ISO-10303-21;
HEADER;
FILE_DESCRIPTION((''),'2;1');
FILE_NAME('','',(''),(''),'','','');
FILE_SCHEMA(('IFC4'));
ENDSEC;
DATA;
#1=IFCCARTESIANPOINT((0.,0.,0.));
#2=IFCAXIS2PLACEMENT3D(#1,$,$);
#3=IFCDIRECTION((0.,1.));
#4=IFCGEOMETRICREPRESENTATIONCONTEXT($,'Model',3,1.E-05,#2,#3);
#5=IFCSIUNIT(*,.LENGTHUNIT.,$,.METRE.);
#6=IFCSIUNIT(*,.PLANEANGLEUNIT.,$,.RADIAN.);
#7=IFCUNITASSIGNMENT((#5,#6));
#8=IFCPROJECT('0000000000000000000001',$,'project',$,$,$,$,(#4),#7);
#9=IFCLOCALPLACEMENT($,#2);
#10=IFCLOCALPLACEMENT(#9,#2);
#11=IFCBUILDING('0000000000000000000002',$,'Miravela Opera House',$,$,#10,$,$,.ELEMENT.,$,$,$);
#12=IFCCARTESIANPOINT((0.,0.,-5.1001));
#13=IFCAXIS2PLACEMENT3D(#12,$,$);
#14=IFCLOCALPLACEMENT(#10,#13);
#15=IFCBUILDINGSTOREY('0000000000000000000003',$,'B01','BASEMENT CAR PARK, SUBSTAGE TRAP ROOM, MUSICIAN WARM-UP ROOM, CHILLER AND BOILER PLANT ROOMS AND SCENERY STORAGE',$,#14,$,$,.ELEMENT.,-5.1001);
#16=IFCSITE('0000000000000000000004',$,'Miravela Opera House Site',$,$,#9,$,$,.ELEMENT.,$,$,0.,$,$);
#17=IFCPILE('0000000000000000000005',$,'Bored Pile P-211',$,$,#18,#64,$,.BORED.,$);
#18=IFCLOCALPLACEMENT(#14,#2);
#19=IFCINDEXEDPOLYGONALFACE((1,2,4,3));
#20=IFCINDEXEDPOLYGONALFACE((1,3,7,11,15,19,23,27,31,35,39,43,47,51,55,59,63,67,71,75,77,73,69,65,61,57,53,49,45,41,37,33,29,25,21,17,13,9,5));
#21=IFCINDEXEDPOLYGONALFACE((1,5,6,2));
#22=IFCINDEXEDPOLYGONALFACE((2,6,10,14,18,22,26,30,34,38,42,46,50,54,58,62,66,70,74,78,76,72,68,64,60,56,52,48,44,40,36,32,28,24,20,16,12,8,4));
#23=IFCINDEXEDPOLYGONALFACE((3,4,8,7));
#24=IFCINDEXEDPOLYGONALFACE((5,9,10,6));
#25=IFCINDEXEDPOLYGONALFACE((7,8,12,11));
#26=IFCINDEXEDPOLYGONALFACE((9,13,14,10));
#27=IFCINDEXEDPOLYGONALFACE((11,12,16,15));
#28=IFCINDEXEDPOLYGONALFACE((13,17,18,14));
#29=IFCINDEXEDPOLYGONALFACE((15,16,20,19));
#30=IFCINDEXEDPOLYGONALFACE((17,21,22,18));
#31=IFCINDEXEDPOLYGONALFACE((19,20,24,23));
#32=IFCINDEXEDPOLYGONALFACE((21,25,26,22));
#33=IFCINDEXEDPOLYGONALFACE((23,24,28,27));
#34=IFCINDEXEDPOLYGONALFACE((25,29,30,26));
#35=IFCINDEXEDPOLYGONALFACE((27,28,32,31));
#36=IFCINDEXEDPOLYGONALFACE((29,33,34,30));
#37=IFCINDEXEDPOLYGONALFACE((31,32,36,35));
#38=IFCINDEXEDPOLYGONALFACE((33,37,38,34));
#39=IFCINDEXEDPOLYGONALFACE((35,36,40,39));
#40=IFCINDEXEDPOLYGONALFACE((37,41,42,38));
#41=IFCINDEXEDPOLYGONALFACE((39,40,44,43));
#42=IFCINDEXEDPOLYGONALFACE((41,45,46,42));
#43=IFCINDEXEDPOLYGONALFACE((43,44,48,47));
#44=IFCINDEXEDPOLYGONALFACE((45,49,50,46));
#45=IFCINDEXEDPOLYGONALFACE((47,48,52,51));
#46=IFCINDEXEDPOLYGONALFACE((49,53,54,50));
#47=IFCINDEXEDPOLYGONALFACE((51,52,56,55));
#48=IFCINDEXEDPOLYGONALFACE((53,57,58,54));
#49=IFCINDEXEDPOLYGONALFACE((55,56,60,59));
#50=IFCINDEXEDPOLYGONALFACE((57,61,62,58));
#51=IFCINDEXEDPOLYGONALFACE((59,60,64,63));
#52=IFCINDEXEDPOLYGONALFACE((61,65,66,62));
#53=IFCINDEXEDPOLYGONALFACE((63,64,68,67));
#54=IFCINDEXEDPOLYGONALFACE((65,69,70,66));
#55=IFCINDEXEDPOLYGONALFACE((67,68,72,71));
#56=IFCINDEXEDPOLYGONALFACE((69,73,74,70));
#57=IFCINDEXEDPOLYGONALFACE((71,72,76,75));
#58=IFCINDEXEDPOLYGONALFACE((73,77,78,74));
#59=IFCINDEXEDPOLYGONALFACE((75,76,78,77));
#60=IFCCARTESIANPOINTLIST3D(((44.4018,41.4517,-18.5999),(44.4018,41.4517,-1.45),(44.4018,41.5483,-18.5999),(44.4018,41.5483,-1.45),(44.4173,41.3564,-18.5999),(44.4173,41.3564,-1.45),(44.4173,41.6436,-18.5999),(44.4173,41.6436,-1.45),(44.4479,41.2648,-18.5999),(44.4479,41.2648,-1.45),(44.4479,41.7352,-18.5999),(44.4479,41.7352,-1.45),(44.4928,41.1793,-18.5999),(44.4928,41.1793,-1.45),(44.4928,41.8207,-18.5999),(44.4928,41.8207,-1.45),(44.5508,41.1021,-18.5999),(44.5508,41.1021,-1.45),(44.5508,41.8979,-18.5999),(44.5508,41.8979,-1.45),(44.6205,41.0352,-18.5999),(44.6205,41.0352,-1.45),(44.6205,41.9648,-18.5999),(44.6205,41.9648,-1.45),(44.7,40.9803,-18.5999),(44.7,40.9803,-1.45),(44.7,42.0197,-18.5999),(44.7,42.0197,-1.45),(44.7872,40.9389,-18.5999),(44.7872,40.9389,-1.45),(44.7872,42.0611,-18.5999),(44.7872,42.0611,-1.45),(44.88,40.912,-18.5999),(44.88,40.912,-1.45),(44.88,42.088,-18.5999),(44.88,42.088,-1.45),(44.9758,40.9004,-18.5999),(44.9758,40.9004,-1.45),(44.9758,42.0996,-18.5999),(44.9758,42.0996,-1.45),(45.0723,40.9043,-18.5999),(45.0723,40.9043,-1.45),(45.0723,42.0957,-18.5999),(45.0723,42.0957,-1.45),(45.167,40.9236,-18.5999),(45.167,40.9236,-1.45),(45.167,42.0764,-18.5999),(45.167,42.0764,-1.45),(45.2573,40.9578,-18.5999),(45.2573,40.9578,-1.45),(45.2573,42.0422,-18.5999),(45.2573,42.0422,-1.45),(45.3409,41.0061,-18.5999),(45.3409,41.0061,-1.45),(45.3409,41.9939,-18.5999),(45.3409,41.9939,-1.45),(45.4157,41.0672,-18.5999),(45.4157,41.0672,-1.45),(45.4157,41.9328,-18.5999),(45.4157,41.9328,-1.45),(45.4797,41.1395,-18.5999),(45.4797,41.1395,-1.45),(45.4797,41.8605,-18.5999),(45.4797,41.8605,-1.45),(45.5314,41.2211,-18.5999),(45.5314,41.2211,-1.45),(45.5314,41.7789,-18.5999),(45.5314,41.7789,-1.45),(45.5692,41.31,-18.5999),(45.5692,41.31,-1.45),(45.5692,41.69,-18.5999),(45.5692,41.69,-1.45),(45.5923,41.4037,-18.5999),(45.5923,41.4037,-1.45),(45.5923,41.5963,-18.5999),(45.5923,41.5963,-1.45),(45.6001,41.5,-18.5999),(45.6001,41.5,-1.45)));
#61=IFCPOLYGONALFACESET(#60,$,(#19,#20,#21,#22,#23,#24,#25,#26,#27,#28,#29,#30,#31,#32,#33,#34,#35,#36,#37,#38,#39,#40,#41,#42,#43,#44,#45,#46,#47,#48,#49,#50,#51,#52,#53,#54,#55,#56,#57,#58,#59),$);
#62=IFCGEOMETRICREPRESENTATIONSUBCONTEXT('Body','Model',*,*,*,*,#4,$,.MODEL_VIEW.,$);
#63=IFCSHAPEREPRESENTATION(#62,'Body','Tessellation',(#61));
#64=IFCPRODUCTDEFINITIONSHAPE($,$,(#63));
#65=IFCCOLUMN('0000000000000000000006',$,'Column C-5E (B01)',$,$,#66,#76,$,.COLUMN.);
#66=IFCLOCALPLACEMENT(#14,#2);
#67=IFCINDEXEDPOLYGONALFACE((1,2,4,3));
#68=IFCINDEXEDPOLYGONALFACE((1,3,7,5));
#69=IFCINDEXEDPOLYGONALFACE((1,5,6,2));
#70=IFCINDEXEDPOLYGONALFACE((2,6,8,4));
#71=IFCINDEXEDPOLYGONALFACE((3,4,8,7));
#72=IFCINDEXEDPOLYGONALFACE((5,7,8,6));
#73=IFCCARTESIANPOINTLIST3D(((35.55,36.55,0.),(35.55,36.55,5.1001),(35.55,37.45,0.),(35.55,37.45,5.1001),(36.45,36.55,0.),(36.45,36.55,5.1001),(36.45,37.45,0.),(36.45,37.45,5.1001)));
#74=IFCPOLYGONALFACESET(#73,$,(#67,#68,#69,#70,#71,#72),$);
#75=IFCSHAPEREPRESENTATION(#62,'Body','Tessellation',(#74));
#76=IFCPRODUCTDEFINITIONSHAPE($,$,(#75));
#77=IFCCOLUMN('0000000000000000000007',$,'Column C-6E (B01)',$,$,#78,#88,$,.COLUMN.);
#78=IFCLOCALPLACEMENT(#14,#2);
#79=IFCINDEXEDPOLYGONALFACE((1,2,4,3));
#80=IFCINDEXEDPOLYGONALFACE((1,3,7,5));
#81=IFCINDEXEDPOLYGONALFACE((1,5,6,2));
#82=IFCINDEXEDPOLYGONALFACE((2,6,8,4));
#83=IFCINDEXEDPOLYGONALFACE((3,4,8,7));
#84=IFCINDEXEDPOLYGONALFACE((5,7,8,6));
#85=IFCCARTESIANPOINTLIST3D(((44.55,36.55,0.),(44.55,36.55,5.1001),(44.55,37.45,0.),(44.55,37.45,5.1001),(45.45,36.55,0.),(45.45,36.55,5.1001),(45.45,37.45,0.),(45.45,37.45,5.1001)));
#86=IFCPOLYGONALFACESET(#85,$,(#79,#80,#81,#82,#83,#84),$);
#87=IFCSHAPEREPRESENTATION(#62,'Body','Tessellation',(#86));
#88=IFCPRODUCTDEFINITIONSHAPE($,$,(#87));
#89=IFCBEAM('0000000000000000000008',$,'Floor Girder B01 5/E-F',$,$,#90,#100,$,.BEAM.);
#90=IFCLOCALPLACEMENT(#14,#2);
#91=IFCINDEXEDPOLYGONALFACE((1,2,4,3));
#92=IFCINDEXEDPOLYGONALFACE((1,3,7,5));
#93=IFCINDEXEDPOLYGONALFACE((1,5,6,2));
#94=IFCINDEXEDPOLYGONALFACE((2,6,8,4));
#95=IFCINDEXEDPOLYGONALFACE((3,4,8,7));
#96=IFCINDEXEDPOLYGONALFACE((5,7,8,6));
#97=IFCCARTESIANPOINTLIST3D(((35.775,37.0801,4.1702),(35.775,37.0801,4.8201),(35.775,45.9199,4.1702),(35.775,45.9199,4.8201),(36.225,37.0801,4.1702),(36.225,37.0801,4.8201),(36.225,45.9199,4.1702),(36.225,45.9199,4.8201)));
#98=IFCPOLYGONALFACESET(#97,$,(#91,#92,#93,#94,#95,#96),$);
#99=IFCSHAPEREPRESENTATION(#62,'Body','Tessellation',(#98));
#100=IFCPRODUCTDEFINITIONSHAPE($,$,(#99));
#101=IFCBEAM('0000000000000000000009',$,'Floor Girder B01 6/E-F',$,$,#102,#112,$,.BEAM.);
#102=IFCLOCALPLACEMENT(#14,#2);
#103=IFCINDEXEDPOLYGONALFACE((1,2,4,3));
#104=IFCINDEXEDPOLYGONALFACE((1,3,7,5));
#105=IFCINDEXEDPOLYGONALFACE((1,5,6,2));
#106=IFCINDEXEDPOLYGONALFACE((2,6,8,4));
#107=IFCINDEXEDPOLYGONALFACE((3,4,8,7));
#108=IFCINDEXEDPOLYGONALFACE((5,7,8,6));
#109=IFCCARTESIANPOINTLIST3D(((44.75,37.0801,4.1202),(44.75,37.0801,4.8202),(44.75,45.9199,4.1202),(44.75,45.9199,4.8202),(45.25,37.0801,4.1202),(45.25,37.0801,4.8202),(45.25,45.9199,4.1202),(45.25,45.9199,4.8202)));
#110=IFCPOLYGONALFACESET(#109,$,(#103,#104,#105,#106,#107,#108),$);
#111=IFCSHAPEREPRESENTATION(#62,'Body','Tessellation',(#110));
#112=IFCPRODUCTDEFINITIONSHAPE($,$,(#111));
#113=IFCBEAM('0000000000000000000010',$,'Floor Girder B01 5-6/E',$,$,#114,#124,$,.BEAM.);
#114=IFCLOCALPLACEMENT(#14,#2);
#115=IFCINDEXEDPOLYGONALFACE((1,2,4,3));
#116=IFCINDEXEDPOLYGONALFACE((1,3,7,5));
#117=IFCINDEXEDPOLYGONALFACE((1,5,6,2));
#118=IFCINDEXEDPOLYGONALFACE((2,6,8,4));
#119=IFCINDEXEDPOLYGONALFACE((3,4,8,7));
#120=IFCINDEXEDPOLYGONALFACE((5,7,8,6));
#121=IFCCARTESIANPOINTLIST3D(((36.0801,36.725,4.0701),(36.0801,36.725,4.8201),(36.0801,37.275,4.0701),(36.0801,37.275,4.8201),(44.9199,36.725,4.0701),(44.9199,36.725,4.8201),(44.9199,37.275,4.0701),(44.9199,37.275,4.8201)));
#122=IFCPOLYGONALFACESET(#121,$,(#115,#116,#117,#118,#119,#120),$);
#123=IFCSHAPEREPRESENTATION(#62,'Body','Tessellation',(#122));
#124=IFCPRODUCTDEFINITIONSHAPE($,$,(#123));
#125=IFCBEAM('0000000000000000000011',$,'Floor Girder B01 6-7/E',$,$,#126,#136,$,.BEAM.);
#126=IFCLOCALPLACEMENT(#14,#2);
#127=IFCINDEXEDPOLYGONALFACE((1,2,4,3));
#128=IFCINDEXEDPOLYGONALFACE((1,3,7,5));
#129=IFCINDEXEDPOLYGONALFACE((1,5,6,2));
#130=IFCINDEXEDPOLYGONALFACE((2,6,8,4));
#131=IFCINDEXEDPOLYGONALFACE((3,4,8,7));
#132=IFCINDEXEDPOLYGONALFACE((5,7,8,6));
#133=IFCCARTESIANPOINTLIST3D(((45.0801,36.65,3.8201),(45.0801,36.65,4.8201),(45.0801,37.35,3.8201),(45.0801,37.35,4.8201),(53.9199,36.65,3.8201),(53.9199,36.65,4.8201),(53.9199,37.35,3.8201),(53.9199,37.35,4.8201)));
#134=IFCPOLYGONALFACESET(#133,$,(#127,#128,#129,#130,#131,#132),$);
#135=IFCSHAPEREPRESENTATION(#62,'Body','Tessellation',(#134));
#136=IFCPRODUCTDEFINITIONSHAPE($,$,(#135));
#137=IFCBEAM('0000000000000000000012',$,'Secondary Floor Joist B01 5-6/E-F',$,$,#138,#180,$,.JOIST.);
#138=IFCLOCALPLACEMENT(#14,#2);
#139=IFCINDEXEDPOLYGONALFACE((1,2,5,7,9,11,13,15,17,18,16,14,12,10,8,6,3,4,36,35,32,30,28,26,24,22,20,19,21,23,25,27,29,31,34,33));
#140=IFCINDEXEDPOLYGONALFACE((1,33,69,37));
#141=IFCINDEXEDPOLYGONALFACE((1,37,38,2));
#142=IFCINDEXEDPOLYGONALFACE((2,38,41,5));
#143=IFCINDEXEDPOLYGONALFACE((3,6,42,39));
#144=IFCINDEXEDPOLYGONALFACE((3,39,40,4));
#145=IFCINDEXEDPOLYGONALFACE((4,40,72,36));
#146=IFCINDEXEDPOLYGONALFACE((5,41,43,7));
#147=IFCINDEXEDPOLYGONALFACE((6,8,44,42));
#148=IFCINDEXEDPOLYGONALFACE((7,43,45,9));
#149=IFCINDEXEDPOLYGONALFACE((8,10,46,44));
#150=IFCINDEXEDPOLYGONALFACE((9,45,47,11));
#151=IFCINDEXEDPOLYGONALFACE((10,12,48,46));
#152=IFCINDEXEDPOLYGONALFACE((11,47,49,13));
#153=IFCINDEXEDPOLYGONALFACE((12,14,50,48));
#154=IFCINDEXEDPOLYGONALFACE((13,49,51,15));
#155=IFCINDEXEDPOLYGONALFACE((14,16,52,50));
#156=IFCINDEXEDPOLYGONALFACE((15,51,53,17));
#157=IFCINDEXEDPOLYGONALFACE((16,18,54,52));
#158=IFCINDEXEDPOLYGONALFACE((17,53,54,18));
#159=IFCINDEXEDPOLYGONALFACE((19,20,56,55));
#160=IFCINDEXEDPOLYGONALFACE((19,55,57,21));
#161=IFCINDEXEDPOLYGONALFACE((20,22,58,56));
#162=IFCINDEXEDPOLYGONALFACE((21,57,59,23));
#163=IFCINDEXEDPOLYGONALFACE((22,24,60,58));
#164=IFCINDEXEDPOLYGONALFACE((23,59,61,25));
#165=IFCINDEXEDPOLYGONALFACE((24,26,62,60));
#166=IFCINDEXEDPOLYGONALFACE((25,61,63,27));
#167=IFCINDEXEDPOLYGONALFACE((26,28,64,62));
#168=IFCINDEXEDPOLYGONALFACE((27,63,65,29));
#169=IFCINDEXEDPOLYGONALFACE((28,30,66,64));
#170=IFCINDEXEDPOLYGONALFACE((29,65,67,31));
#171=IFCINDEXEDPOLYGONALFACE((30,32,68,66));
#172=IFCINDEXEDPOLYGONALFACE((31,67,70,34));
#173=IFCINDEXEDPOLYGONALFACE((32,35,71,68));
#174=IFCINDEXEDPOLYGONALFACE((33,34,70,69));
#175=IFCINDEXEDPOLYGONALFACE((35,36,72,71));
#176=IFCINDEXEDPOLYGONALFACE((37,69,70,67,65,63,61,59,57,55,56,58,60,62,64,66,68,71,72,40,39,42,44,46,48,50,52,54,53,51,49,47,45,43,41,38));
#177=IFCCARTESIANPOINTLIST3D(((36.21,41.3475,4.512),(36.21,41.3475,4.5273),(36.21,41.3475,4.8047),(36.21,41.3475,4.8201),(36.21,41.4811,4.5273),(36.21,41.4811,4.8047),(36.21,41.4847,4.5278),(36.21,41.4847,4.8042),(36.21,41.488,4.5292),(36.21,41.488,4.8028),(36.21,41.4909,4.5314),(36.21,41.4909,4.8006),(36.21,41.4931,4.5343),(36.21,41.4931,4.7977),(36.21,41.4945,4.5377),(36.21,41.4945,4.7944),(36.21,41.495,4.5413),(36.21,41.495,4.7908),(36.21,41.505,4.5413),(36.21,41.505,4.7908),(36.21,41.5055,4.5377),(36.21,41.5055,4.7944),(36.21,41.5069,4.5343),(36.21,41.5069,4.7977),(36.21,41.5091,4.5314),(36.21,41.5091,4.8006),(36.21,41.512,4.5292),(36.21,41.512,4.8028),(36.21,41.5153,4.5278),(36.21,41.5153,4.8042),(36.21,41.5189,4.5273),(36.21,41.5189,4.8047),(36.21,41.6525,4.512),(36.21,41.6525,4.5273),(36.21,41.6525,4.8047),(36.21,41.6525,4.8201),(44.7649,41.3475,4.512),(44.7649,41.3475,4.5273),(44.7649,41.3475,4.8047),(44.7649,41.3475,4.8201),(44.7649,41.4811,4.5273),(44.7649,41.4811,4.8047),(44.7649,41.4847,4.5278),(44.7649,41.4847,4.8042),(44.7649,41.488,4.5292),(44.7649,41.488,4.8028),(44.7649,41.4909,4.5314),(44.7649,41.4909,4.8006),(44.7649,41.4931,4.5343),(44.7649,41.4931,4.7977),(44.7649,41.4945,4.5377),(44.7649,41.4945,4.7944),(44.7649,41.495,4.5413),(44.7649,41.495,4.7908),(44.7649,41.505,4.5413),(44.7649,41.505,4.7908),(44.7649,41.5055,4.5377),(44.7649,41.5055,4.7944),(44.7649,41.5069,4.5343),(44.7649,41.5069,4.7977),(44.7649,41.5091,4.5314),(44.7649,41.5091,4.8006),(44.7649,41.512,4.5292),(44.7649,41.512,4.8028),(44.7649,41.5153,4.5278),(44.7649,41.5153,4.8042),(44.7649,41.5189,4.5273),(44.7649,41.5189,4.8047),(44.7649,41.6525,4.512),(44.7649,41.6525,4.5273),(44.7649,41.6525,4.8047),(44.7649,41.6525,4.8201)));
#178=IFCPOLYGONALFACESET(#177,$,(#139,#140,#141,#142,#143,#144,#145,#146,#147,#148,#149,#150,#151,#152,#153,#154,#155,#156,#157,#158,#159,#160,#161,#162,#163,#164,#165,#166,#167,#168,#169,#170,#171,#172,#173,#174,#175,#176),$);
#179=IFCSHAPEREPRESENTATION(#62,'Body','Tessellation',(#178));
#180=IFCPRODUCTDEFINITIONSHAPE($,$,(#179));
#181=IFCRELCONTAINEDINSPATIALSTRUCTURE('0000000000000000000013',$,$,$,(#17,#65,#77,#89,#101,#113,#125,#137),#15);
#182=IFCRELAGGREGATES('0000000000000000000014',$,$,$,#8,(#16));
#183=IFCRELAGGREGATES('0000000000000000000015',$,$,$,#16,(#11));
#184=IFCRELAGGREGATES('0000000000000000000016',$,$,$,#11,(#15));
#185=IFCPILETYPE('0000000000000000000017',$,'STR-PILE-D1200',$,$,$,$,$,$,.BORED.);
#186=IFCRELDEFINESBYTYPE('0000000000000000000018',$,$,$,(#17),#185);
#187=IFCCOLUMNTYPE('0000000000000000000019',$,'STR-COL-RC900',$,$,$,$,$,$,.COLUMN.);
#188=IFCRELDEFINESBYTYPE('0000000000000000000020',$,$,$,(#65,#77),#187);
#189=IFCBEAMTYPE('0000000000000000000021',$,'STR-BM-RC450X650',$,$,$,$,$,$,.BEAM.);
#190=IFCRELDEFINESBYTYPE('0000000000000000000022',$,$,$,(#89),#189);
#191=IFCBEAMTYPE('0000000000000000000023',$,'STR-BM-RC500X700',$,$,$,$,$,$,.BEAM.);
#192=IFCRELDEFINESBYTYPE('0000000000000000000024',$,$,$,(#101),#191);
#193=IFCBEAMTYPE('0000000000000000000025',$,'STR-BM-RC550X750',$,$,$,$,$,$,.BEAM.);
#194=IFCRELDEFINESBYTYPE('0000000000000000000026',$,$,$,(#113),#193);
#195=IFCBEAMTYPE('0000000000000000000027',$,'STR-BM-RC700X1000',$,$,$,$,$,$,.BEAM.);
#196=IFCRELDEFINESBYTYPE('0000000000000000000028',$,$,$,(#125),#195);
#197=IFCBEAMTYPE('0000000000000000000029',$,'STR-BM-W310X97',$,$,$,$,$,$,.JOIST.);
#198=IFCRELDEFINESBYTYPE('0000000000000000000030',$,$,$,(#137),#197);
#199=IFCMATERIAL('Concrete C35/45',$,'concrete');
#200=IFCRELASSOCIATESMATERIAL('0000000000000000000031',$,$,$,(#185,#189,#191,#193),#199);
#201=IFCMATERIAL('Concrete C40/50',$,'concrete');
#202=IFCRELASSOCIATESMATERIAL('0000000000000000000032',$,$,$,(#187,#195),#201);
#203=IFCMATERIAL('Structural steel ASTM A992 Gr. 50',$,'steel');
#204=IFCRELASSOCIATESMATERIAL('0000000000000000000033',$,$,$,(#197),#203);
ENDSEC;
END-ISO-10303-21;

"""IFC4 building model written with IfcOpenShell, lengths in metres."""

from ifc_helpers import new_model, si_unit, direction, frame, origin, origin_2d, place, context, subcontext, project, spatial, rectangle, circle, i_section, extrude, material, material_profile, profile_set, type_object, element, save


model = new_model("IFC4")

# Units and contexts
model_context = context("Model", 3, precision=1e-05, world=origin(), true_north=direction((0.0, 1.0)))
body_context = subcontext(model_context, "Body", "Model", "MODEL_VIEW")
ifc_project = project(units=[si_unit("LENGTHUNIT", "METRE"), si_unit("PLANEANGLEUNIT", "RADIAN")], contexts=[model_context])

# Site, building, storey
site_placement = place(None, origin())
site = spatial("IfcSite", under=ifc_project, at=site_placement, Name="Miravela Opera House Site", CompositionType="ELEMENT", RefElevation=0.0)
building_placement = place(site_placement, origin())
building = spatial("IfcBuilding", under=site, at=building_placement, Name="Miravela Opera House", CompositionType="ELEMENT")
storey_placement = place(building_placement, frame((0.0, 0.0, -5.1001)))
storey = spatial("IfcBuildingStorey", under=building, at=storey_placement, Name="B01", Description="BASEMENT CAR PARK, SUBSTAGE TRAP ROOM, MUSICIAN WARM-UP ROOM, CHILLER AND BOILER PLANT ROOMS AND SCENERY STORAGE", CompositionType="ELEMENT", Elevation=-5.1001)

# Shared definitions
ifc_material_1 = material(Name="Concrete C35/45", Category="concrete")

# Pile
ifc_material_profile_1 = material_profile(ifc_material_1, circle(Radius=0.6001, at=origin_2d()), Name="PILE-D1200")
ifc_profile_set_1 = profile_set([ifc_material_profile_1])
pile_type_1 = type_object("IfcPileType", Name="STR-PILE-D1200", PredefinedType="BORED", material=ifc_profile_set_1)
for number, where, z_axis, x_axis, name in (
    (1, (45.0, 41.5, -1.45), (0.0, 0.0, -1.0), (1.0, 0.0, 0.0), "Bored Pile P-211"),
):
    element("IfcPile", number, at=place(storey_placement, frame(where, z_axis=z_axis, x_axis=x_axis)), inside=storey, type_object=pile_type_1, Name=name, PredefinedType="BORED", context=body_context, shape_type="SweptSolid", body=[
        extrude(circle(Radius=0.6001, at=origin_2d()), origin(), (0.0, 0.0, 1.0), 17.1499),
    ])

# Columns
ifc_material_2 = material(Name="Concrete C40/50", Category="concrete")
ifc_material_profile_2 = material_profile(ifc_material_2, rectangle(XDim=0.8999, YDim=0.8999, at=origin_2d()), Name="RC-COL-900X900")
ifc_profile_set_2 = profile_set([ifc_material_profile_2])
column_type = type_object("IfcColumnType", Name="STR-COL-RC900", PredefinedType="COLUMN", material=ifc_profile_set_2)
for number, where, z_axis, x_axis, name in (
    (2, (36.0, 37.0, 0.0), (0.0, 0.0, 1.0), (1.0, 0.0, 0.0), "Column C-5E (B01)"),
    (3, (45.0, 37.0, 0.0), (0.0, 0.0, 1.0), (1.0, 0.0, 0.0), "Column C-6E (B01)"),
):
    element("IfcColumn", number, at=place(storey_placement, frame(where, z_axis=z_axis, x_axis=x_axis)), inside=storey, type_object=column_type, Name=name, PredefinedType="COLUMN", context=body_context, shape_type="SweptSolid", body=[
        extrude(rectangle(XDim=0.8999, YDim=0.8999, at=origin_2d()), origin(), (0.0, 0.0, 1.0), 5.1001),
    ])

# Beams
ifc_material_profile_3 = material_profile(ifc_material_1, rectangle(XDim=0.45, YDim=0.6499, at=origin_2d()), Name="RC-BM-450X650")
ifc_profile_set_3 = profile_set([ifc_material_profile_3])
beam_type_1 = type_object("IfcBeamType", Name="STR-BM-RC450X650", PredefinedType="BEAM", material=ifc_profile_set_3)
beam_1_placement = place(storey_placement, frame((36.0, 37.0801, 4.4951), z_axis=(0.0, 1.0, 0.0), x_axis=(-1.0, 0.0, 0.0)))
element("IfcBeam", 4, at=beam_1_placement, inside=storey, type_object=beam_type_1, Name="Floor Girder B01 5/E-F", PredefinedType="BEAM", context=body_context, shape_type="SweptSolid", body=[
    extrude(rectangle(XDim=0.45, YDim=0.6499, at=origin_2d()), origin(), (0.0, 0.0, 1.0), 8.8398),
])
ifc_material_profile_4 = material_profile(ifc_material_1, rectangle(XDim=0.5, YDim=0.7, at=origin_2d()), Name="RC-BM-500X700")
ifc_profile_set_4 = profile_set([ifc_material_profile_4])
beam_type_2 = type_object("IfcBeamType", Name="STR-BM-RC500X700", PredefinedType="BEAM", material=ifc_profile_set_4)
beam_2_placement = place(storey_placement, frame((45.0, 37.0801, 4.4702), z_axis=(0.0, 1.0, 0.0), x_axis=(-1.0, 0.0, 0.0)))
element("IfcBeam", 5, at=beam_2_placement, inside=storey, type_object=beam_type_2, Name="Floor Girder B01 6/E-F", PredefinedType="BEAM", context=body_context, shape_type="SweptSolid", body=[
    extrude(rectangle(XDim=0.5, YDim=0.7, at=origin_2d()), origin(), (0.0, 0.0, 1.0), 8.8398),
])
ifc_material_profile_5 = material_profile(ifc_material_1, rectangle(XDim=0.55, YDim=0.75, at=origin_2d()), Name="RC-BM-550X750")
ifc_profile_set_5 = profile_set([ifc_material_profile_5])
beam_type_3 = type_object("IfcBeamType", Name="STR-BM-RC550X750", PredefinedType="BEAM", material=ifc_profile_set_5)
beam_3_placement = place(storey_placement, frame((36.0801, 37.0, 4.4451), z_axis=(1.0, 0.0, 0.0), x_axis=(0.0, 1.0, 0.0)))
element("IfcBeam", 6, at=beam_3_placement, inside=storey, type_object=beam_type_3, Name="Floor Girder B01 5-6/E", PredefinedType="BEAM", context=body_context, shape_type="SweptSolid", body=[
    extrude(rectangle(XDim=0.55, YDim=0.75, at=origin_2d()), origin(), (0.0, 0.0, 1.0), 8.8398),
])
ifc_material_profile_6 = material_profile(ifc_material_2, rectangle(XDim=0.7, YDim=1.0, at=origin_2d()), Name="RC-BM-700X1000")
ifc_profile_set_6 = profile_set([ifc_material_profile_6])
beam_type_4 = type_object("IfcBeamType", Name="STR-BM-RC700X1000", PredefinedType="BEAM", material=ifc_profile_set_6)
beam_4_placement = place(storey_placement, frame((45.0801, 37.0, 4.3201), z_axis=(1.0, 0.0, 0.0), x_axis=(0.0, 1.0, 0.0)))
element("IfcBeam", 7, at=beam_4_placement, inside=storey, type_object=beam_type_4, Name="Floor Girder B01 6-7/E", PredefinedType="BEAM", context=body_context, shape_type="SweptSolid", body=[
    extrude(rectangle(XDim=0.7, YDim=1.0, at=origin_2d()), origin(), (0.0, 0.0, 1.0), 8.8398),
])
ifc_material_3 = material(Name="Structural steel ASTM A992 Gr. 50", Category="steel")
ifc_material_profile_7 = material_profile(ifc_material_3, i_section(OverallWidth=0.3049, OverallDepth=0.3081, WebThickness=0.01, FlangeThickness=0.0154, FilletRadius=0.0139, at=origin_2d()), Name="W310X97")
ifc_profile_set_7 = profile_set([ifc_material_profile_7])
beam_type_5 = type_object("IfcBeamType", Name="STR-BM-W310X97", PredefinedType="JOIST", material=ifc_profile_set_7)
beam_5_placement = place(storey_placement, frame((36.21, 41.5, 4.666), z_axis=(1.0, 0.0, 0.0), x_axis=(0.0, 1.0, 0.0)))
element("IfcBeam", 8, at=beam_5_placement, inside=storey, type_object=beam_type_5, Name="Secondary Floor Joist B01 5-6/E-F", PredefinedType="JOIST", context=body_context, shape_type="SweptSolid", body=[
    extrude(i_section(OverallWidth=0.3049, OverallDepth=0.3081, WebThickness=0.01, FlangeThickness=0.0154, FilletRadius=0.0139, at=origin_2d()), origin(), (0.0, 0.0, 1.0), 8.5549),
])

save(model, "model.ifc")
